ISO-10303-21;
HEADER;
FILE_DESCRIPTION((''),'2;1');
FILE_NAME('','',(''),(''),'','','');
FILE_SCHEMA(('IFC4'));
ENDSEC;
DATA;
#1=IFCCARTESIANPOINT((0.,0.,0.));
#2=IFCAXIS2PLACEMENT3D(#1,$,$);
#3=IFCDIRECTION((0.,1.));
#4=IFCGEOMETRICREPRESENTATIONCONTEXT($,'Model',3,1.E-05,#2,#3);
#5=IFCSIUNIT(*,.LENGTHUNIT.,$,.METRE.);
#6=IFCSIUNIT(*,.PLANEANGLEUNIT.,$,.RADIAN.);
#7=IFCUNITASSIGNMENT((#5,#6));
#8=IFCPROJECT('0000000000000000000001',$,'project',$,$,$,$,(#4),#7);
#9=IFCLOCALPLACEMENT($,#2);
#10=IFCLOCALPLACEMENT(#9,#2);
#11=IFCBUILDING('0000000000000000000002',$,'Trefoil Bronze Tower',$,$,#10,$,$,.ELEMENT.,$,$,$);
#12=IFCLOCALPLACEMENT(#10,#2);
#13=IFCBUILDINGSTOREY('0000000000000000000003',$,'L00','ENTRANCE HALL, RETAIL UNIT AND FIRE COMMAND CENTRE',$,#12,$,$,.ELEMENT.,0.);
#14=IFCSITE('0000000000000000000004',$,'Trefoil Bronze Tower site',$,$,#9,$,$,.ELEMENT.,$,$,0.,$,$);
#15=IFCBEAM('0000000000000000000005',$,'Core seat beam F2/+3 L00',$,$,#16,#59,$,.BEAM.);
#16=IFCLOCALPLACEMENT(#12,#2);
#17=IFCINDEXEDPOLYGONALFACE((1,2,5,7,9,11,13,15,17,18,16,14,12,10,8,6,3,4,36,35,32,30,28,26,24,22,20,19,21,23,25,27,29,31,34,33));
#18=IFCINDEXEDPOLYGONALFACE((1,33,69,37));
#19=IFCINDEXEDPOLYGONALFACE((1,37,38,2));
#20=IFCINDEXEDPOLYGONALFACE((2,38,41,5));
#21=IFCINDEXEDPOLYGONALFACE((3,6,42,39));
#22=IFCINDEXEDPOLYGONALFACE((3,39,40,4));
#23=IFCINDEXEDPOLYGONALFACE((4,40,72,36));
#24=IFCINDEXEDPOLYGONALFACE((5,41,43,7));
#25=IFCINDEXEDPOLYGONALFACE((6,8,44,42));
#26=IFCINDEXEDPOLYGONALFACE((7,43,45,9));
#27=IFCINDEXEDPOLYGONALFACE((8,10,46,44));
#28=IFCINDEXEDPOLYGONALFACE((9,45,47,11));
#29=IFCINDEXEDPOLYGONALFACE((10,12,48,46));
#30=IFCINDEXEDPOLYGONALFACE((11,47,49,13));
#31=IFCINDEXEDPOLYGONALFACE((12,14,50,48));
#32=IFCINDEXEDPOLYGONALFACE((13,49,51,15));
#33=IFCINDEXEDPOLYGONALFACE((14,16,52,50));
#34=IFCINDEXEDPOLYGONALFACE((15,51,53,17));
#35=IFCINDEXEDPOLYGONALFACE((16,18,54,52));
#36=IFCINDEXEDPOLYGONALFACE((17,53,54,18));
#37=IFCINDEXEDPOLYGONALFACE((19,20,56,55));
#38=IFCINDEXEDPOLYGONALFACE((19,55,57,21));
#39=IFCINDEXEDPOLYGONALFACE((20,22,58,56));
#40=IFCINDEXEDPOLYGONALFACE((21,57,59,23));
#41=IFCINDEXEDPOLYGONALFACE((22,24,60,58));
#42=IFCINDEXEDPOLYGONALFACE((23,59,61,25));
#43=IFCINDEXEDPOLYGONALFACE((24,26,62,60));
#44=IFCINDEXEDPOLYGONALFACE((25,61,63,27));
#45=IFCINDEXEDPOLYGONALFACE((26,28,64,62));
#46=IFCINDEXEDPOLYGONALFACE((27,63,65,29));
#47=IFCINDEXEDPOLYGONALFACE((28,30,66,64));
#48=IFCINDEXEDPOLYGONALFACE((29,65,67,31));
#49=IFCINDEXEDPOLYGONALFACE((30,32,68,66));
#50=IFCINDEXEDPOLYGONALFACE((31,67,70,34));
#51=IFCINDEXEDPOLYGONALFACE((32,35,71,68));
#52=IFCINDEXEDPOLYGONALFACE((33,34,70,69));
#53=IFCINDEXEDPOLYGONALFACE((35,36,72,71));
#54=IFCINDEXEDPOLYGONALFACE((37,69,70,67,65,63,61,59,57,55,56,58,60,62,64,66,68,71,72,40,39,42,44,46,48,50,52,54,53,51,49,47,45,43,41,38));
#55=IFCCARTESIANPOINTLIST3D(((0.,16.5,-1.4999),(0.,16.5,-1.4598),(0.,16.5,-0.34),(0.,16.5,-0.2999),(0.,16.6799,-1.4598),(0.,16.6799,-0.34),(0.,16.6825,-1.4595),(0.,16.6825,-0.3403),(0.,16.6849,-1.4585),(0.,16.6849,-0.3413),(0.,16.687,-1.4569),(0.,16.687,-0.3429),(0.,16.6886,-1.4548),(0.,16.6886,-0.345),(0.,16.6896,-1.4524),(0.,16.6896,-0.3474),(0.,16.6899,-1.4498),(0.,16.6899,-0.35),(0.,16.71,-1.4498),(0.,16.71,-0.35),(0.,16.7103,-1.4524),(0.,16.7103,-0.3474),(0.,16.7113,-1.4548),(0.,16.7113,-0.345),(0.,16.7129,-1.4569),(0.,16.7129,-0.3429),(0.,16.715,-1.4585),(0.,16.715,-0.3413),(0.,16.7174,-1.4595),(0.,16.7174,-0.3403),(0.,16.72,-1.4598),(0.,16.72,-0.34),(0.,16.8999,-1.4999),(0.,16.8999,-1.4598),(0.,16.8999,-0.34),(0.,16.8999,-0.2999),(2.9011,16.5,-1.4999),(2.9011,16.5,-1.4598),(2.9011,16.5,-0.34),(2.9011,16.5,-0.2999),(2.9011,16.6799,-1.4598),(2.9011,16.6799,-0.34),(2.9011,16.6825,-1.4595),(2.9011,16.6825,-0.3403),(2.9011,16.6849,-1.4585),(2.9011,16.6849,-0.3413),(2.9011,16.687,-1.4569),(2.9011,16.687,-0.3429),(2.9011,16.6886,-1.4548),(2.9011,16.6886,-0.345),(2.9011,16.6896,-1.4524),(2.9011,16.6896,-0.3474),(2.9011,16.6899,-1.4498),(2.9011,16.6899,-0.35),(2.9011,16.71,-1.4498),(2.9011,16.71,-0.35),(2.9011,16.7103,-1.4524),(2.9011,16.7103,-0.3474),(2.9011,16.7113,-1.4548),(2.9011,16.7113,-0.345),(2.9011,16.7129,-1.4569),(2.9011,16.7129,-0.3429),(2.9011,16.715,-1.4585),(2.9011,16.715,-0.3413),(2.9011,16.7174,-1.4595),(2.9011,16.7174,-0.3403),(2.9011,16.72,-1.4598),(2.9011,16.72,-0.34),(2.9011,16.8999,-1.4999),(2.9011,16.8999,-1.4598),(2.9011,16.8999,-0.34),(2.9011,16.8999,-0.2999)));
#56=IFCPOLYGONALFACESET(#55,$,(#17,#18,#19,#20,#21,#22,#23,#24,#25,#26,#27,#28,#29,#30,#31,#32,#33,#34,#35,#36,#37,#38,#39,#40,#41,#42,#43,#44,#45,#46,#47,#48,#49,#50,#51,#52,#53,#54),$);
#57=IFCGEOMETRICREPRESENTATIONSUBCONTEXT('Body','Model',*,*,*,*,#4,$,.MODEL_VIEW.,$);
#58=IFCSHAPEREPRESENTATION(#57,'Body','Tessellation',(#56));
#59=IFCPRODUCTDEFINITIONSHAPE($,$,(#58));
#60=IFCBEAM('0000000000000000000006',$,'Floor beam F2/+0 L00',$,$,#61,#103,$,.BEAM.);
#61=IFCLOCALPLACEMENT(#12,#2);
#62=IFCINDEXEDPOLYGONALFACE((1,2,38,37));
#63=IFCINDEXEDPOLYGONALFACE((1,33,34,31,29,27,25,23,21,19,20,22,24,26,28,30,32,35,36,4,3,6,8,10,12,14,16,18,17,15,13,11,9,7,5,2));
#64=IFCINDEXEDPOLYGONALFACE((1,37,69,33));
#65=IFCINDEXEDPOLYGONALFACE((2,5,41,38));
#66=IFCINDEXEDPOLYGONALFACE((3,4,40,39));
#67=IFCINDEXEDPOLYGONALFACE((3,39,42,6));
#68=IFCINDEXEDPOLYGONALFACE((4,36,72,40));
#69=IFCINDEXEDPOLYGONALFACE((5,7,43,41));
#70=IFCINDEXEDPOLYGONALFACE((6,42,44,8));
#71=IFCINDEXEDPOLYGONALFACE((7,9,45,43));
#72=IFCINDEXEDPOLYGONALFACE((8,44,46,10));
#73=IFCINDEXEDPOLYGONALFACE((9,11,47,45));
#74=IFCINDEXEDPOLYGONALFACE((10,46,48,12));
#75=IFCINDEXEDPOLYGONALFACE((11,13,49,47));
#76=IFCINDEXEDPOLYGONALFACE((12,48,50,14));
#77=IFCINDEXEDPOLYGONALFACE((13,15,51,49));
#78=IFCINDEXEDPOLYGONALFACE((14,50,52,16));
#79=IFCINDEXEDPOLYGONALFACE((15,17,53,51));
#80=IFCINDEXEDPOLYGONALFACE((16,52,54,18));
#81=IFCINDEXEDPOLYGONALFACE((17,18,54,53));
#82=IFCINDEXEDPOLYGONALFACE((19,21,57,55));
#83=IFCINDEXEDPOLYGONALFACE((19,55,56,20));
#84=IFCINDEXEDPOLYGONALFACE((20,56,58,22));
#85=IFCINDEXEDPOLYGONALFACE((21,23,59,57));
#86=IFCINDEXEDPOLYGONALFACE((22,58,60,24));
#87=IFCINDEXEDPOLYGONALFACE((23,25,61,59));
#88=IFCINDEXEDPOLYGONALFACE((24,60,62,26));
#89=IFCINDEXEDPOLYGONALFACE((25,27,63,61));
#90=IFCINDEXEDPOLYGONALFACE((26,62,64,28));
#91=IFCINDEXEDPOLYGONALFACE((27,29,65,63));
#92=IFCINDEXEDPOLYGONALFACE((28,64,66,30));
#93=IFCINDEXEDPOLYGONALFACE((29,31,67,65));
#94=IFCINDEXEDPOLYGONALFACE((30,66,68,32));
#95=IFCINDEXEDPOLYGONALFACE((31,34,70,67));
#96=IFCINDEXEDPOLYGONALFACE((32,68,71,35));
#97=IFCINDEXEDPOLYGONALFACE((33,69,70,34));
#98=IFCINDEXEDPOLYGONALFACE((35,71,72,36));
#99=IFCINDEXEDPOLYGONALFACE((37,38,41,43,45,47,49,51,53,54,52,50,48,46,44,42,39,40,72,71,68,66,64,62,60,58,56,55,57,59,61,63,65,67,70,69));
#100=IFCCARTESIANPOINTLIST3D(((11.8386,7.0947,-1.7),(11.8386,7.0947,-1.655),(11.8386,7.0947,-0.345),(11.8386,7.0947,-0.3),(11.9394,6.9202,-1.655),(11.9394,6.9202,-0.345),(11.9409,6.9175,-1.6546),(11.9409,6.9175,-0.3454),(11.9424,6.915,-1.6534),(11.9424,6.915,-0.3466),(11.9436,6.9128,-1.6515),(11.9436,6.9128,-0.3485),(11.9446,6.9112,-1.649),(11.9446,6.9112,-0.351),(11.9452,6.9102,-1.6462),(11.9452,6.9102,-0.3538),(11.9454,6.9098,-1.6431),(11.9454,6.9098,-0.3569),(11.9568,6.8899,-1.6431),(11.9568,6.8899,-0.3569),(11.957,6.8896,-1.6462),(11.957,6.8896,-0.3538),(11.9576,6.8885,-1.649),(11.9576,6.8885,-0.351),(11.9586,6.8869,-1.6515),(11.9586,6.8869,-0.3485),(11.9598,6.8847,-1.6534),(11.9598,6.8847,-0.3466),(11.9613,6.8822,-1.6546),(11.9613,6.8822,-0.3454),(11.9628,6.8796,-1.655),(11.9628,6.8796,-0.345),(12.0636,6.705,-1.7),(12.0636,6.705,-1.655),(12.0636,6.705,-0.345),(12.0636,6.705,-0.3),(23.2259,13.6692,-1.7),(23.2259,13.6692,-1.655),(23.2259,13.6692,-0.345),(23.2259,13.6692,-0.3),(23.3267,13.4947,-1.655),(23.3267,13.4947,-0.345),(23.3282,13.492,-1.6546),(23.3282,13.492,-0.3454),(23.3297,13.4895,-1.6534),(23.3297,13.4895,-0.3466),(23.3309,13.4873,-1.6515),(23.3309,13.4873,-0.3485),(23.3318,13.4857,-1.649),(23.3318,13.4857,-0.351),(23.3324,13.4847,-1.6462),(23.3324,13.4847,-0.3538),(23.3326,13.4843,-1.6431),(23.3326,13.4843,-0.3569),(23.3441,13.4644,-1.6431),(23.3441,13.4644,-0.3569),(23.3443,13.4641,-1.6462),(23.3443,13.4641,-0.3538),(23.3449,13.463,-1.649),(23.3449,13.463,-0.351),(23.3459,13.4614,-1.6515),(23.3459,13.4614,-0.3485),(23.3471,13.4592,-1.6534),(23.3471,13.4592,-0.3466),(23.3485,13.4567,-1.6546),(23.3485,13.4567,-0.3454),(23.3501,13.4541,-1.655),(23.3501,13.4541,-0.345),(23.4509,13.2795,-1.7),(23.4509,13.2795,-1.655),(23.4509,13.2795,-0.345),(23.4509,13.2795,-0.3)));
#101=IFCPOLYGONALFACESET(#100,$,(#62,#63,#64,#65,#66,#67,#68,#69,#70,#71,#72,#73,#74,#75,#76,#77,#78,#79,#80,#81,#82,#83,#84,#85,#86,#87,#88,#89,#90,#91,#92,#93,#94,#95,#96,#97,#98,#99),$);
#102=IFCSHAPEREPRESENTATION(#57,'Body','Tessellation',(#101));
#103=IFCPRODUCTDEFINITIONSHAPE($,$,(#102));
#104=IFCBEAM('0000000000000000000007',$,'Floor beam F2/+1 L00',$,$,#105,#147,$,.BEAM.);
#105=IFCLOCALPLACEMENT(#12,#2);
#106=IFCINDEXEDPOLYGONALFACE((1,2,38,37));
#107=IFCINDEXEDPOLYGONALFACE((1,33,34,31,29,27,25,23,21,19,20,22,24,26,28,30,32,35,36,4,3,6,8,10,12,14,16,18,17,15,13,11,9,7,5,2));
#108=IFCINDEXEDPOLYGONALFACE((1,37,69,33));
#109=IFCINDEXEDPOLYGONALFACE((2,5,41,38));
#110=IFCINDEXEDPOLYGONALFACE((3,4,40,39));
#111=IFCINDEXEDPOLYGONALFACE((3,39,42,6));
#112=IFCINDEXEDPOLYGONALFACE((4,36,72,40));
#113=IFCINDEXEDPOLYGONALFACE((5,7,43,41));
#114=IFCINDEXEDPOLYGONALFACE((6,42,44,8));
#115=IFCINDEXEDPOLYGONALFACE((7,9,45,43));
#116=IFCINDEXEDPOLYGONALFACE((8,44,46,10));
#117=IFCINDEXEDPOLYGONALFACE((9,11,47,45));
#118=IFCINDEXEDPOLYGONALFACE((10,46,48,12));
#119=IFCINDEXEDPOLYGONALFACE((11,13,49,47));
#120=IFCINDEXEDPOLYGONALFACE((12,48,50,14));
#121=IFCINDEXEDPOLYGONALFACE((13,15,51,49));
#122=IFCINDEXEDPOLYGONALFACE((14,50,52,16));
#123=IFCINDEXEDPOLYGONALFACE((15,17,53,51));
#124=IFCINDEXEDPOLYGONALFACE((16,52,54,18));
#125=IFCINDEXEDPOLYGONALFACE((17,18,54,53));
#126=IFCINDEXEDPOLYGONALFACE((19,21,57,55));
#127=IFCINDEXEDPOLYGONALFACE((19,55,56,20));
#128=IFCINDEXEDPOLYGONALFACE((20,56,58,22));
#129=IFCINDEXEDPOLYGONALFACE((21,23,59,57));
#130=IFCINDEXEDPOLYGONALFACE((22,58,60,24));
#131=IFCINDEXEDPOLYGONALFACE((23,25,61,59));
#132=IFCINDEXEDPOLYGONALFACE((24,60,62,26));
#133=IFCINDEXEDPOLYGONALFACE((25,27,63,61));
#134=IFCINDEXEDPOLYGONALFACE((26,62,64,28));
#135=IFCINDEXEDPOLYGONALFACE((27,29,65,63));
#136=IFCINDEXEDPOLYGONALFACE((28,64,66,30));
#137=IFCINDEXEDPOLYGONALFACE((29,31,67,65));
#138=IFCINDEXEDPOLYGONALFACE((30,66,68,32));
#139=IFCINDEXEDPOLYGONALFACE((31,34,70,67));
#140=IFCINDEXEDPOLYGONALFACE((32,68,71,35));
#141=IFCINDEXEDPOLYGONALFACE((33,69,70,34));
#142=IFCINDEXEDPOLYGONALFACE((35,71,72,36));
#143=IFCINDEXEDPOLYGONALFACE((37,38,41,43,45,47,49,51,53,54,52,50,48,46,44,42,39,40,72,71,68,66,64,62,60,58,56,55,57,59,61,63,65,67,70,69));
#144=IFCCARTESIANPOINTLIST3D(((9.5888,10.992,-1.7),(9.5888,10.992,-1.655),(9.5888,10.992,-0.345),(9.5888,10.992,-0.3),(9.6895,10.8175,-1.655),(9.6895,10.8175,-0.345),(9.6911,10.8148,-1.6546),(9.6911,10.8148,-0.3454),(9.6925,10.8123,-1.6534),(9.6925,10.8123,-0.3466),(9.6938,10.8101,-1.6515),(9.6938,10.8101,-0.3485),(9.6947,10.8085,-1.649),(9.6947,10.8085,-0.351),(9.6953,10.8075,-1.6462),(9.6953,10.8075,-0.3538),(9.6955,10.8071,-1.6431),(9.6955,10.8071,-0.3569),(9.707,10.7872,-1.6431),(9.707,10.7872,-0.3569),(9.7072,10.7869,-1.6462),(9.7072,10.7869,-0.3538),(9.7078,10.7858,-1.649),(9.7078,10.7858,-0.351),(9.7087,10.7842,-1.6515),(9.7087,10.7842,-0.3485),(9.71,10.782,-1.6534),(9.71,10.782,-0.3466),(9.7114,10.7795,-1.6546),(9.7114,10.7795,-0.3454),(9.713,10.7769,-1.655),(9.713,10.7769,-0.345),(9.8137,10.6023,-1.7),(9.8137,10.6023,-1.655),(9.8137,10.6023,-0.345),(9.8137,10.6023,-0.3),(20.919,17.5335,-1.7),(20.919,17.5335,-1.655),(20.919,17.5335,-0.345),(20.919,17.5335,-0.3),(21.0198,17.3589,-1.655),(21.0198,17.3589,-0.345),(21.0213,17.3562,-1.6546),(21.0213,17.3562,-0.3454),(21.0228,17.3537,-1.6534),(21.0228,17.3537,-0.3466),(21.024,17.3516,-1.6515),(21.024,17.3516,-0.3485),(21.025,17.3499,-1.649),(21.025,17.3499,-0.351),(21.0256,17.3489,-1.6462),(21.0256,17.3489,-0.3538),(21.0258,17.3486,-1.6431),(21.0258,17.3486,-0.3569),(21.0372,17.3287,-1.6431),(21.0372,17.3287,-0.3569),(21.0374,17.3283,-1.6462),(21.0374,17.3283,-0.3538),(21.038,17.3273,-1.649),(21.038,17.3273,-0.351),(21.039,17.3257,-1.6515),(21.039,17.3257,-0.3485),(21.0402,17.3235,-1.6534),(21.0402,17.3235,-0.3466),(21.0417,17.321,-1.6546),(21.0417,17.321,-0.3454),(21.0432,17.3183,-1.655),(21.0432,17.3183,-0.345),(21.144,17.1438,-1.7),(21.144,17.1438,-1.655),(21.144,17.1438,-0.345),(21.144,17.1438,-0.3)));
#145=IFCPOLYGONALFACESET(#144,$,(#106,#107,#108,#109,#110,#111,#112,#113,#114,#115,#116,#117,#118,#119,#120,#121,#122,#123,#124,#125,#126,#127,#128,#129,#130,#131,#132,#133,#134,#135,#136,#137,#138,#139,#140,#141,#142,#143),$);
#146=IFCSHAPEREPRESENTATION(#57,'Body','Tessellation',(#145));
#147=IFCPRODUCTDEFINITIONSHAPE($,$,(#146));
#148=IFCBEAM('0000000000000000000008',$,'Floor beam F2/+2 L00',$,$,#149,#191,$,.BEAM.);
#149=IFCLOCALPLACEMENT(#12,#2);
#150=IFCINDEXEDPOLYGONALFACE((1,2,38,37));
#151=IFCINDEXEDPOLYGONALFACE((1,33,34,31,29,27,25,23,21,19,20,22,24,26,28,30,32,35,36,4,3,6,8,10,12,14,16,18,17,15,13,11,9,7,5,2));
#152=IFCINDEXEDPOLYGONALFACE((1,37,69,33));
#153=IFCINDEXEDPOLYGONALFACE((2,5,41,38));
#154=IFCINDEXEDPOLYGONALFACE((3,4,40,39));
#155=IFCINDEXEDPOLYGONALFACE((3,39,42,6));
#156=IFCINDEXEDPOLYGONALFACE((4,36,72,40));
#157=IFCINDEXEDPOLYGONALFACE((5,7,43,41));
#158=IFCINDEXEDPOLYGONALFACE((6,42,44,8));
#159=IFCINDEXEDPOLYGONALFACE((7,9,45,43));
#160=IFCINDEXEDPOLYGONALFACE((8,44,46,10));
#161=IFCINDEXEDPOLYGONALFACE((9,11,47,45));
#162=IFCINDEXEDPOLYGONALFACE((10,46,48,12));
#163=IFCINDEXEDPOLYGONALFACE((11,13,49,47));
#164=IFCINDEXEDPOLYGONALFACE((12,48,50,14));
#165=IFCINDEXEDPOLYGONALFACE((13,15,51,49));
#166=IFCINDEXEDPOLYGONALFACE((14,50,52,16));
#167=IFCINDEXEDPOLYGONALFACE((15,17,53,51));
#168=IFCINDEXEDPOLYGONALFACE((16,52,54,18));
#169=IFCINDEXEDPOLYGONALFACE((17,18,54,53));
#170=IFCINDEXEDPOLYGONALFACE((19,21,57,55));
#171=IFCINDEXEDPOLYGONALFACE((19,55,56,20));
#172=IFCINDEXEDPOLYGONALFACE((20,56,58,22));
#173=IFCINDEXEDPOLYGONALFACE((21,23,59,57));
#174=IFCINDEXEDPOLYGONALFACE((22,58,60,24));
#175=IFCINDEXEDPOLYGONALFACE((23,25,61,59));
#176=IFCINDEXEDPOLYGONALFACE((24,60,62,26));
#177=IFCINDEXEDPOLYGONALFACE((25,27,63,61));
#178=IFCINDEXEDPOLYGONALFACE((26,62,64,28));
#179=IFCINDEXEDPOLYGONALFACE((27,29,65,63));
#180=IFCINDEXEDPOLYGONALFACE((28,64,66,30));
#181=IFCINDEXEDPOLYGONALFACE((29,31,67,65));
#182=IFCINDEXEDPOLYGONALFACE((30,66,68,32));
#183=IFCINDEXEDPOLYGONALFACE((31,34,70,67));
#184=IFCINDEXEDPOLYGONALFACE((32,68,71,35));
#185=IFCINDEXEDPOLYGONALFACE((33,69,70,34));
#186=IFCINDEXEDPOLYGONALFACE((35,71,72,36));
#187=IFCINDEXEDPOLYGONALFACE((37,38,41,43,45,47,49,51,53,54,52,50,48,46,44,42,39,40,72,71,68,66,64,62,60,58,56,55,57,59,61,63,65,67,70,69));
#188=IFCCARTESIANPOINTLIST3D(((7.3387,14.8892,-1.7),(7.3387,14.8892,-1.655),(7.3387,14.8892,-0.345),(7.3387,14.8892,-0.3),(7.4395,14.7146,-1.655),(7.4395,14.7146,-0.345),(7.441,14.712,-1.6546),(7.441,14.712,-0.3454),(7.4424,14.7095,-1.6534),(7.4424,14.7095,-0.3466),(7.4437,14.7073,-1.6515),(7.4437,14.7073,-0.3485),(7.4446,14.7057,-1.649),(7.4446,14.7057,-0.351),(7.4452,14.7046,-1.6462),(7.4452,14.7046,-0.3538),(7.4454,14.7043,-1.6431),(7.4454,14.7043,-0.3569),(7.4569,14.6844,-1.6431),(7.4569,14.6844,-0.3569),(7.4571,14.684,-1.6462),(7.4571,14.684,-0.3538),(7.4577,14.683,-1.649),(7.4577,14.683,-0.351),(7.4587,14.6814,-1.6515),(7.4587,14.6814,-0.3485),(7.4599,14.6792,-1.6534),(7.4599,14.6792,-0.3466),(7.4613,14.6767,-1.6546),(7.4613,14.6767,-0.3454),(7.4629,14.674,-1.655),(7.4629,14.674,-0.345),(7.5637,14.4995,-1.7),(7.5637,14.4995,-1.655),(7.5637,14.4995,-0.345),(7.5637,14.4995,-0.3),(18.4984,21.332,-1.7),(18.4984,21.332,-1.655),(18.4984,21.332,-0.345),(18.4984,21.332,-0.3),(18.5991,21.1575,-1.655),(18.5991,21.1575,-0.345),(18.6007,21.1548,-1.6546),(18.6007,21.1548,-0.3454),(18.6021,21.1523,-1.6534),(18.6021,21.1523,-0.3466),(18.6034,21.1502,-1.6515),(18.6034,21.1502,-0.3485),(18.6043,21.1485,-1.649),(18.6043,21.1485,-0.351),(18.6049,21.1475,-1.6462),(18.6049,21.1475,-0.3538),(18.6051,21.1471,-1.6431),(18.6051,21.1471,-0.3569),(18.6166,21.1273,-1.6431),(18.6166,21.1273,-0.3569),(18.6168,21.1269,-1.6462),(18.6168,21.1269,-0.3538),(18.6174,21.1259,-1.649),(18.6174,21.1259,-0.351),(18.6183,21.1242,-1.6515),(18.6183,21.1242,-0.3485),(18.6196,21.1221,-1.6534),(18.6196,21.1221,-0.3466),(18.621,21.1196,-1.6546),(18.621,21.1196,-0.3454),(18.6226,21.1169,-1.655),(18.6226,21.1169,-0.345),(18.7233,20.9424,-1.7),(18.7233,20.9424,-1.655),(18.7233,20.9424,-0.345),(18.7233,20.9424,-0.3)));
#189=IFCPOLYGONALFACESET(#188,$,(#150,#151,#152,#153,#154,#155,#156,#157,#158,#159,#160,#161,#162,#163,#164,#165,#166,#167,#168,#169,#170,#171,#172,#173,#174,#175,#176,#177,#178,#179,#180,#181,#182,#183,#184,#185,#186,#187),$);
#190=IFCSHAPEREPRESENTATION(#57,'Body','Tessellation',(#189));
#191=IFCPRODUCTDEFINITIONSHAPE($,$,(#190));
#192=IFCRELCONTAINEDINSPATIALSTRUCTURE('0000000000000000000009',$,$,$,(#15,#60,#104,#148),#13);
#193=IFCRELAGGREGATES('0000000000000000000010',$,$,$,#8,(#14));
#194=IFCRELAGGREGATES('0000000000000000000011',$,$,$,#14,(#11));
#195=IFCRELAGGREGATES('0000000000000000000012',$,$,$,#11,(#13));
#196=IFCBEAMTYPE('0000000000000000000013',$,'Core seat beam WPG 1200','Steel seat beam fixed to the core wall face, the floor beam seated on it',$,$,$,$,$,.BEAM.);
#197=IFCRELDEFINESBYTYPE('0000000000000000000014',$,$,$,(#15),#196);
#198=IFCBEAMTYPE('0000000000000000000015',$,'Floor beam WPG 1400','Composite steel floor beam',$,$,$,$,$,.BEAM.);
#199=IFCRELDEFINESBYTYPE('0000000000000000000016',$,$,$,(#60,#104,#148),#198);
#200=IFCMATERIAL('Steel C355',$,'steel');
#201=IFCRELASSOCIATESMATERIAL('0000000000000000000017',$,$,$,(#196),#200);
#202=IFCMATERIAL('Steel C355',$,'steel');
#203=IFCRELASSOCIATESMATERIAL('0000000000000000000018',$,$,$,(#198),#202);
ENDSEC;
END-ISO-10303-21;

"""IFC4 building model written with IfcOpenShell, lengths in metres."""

from ifc_helpers import new_model, si_unit, direction, frame, origin, origin_2d, place, context, subcontext, project, spatial, i_section, extrude, material, material_profile, profile_set, type_object, element, save


model = new_model("IFC4")

# Units and contexts
model_context = context("Model", 3, precision=1e-05, world=origin(), true_north=direction((0.0, 1.0)))
body_context = subcontext(model_context, "Body", "Model", "MODEL_VIEW")
ifc_project = project(units=[si_unit("LENGTHUNIT", "METRE"), si_unit("PLANEANGLEUNIT", "RADIAN")], contexts=[model_context])

# Site, building, storey
site_placement = place(None, origin())
site = spatial("IfcSite", under=ifc_project, at=site_placement, Name="Trefoil Bronze Tower site", CompositionType="ELEMENT", RefElevation=0.0)
building_placement = place(site_placement, origin())
building = spatial("IfcBuilding", under=site, at=building_placement, Name="Trefoil Bronze Tower", CompositionType="ELEMENT")
storey_placement = place(building_placement, origin())
storey = spatial("IfcBuildingStorey", under=building, at=storey_placement, Name="L00", Description="ENTRANCE HALL, RETAIL UNIT AND FIRE COMMAND CENTRE", CompositionType="ELEMENT", Elevation=0.0)

# Beams
ifc_material_1 = material(Name="Steel C355", Category="steel")
ifc_material_profile_1 = material_profile(ifc_material_1, i_section(OverallWidth=0.3999, OverallDepth=1.2, WebThickness=0.02, FlangeThickness=0.04, FilletRadius=0.01, at=origin_2d()), Name="WPG 1200")
ifc_profile_set_1 = profile_set([ifc_material_profile_1], Name="Steel C355")
beam_type_1 = type_object("IfcBeamType", Name="Core seat beam WPG 1200", Description="Steel seat beam fixed to the core wall face, the floor beam seated on it", PredefinedType="BEAM", material=ifc_profile_set_1)
beam_1_placement = place(storey_placement, frame((2.9011, 16.7, -0.8999), z_axis=(-1.0, 0.0, 0.0), x_axis=(0.0, -1.0, 0.0)))
element("IfcBeam", 1, at=beam_1_placement, inside=storey, type_object=beam_type_1, Name="Core seat beam F2/+3 L00", PredefinedType="BEAM", context=body_context, shape_type="SweptSolid", body=[
    extrude(i_section(OverallWidth=0.3999, OverallDepth=1.2, WebThickness=0.02, FlangeThickness=0.04, FilletRadius=0.01, at=origin_2d()), origin(), (0.0, 0.0, 1.0), 2.9011),
])
ifc_material_2 = material(Name="Steel C355", Category="steel")
ifc_material_profile_2 = material_profile(ifc_material_2, i_section(OverallWidth=0.45, OverallDepth=1.3999, WebThickness=0.0229, FlangeThickness=0.0449, FilletRadius=0.012, at=origin_2d()), Name="WPG 1400")
ifc_profile_set_2 = profile_set([ifc_material_profile_2], Name="Steel C355")
beam_type_2 = type_object("IfcBeamType", Name="Floor beam WPG 1400", Description="Composite steel floor beam", PredefinedType="BEAM", material=ifc_profile_set_2)
beam_2_placement = place(storey_placement, frame((23.3384, 13.4744, -1.0), z_axis=(-0.866024, -0.500003, 0.0), x_axis=(0.500003, -0.866024, 0.0)))
element("IfcBeam", 2, at=beam_2_placement, inside=storey, type_object=beam_type_2, Name="Floor beam F2/+0 L00", PredefinedType="BEAM", context=body_context, shape_type="SweptSolid", body=[
    extrude(i_section(OverallWidth=0.45, OverallDepth=1.3999, WebThickness=0.0229, FlangeThickness=0.0449, FilletRadius=0.012, at=origin_2d()), origin(), (0.0, 0.0, 1.0), 13.1489),
])
beam_3_placement = place(storey_placement, frame((21.0315, 17.3386, -1.0), z_axis=(-0.866027, -0.499997, 0.0), x_axis=(0.499997, -0.866027, 0.0)))
element("IfcBeam", 3, at=beam_3_placement, inside=storey, type_object=beam_type_2, Name="Floor beam F2/+1 L00", PredefinedType="BEAM", context=body_context, shape_type="SweptSolid", body=[
    extrude(i_section(OverallWidth=0.45, OverallDepth=1.3999, WebThickness=0.0229, FlangeThickness=0.0449, FilletRadius=0.012, at=origin_2d()), origin(), (0.0, 0.0, 1.0), 13.083),
])
beam_4_placement = place(storey_placement, frame((18.6108, 21.1372, -1.0), z_axis=(-0.866031, -0.49999, 0.0), x_axis=(0.49999, -0.866031, 0.0)))
element("IfcBeam", 4, at=beam_4_placement, inside=storey, type_object=beam_type_2, Name="Floor beam F2/+2 L00", PredefinedType="BEAM", context=body_context, shape_type="SweptSolid", body=[
    extrude(i_section(OverallWidth=0.45, OverallDepth=1.3999, WebThickness=0.0229, FlangeThickness=0.0449, FilletRadius=0.012, at=origin_2d()), origin(), (0.0, 0.0, 1.0), 12.886),
])

save(model, "model.ifc")
